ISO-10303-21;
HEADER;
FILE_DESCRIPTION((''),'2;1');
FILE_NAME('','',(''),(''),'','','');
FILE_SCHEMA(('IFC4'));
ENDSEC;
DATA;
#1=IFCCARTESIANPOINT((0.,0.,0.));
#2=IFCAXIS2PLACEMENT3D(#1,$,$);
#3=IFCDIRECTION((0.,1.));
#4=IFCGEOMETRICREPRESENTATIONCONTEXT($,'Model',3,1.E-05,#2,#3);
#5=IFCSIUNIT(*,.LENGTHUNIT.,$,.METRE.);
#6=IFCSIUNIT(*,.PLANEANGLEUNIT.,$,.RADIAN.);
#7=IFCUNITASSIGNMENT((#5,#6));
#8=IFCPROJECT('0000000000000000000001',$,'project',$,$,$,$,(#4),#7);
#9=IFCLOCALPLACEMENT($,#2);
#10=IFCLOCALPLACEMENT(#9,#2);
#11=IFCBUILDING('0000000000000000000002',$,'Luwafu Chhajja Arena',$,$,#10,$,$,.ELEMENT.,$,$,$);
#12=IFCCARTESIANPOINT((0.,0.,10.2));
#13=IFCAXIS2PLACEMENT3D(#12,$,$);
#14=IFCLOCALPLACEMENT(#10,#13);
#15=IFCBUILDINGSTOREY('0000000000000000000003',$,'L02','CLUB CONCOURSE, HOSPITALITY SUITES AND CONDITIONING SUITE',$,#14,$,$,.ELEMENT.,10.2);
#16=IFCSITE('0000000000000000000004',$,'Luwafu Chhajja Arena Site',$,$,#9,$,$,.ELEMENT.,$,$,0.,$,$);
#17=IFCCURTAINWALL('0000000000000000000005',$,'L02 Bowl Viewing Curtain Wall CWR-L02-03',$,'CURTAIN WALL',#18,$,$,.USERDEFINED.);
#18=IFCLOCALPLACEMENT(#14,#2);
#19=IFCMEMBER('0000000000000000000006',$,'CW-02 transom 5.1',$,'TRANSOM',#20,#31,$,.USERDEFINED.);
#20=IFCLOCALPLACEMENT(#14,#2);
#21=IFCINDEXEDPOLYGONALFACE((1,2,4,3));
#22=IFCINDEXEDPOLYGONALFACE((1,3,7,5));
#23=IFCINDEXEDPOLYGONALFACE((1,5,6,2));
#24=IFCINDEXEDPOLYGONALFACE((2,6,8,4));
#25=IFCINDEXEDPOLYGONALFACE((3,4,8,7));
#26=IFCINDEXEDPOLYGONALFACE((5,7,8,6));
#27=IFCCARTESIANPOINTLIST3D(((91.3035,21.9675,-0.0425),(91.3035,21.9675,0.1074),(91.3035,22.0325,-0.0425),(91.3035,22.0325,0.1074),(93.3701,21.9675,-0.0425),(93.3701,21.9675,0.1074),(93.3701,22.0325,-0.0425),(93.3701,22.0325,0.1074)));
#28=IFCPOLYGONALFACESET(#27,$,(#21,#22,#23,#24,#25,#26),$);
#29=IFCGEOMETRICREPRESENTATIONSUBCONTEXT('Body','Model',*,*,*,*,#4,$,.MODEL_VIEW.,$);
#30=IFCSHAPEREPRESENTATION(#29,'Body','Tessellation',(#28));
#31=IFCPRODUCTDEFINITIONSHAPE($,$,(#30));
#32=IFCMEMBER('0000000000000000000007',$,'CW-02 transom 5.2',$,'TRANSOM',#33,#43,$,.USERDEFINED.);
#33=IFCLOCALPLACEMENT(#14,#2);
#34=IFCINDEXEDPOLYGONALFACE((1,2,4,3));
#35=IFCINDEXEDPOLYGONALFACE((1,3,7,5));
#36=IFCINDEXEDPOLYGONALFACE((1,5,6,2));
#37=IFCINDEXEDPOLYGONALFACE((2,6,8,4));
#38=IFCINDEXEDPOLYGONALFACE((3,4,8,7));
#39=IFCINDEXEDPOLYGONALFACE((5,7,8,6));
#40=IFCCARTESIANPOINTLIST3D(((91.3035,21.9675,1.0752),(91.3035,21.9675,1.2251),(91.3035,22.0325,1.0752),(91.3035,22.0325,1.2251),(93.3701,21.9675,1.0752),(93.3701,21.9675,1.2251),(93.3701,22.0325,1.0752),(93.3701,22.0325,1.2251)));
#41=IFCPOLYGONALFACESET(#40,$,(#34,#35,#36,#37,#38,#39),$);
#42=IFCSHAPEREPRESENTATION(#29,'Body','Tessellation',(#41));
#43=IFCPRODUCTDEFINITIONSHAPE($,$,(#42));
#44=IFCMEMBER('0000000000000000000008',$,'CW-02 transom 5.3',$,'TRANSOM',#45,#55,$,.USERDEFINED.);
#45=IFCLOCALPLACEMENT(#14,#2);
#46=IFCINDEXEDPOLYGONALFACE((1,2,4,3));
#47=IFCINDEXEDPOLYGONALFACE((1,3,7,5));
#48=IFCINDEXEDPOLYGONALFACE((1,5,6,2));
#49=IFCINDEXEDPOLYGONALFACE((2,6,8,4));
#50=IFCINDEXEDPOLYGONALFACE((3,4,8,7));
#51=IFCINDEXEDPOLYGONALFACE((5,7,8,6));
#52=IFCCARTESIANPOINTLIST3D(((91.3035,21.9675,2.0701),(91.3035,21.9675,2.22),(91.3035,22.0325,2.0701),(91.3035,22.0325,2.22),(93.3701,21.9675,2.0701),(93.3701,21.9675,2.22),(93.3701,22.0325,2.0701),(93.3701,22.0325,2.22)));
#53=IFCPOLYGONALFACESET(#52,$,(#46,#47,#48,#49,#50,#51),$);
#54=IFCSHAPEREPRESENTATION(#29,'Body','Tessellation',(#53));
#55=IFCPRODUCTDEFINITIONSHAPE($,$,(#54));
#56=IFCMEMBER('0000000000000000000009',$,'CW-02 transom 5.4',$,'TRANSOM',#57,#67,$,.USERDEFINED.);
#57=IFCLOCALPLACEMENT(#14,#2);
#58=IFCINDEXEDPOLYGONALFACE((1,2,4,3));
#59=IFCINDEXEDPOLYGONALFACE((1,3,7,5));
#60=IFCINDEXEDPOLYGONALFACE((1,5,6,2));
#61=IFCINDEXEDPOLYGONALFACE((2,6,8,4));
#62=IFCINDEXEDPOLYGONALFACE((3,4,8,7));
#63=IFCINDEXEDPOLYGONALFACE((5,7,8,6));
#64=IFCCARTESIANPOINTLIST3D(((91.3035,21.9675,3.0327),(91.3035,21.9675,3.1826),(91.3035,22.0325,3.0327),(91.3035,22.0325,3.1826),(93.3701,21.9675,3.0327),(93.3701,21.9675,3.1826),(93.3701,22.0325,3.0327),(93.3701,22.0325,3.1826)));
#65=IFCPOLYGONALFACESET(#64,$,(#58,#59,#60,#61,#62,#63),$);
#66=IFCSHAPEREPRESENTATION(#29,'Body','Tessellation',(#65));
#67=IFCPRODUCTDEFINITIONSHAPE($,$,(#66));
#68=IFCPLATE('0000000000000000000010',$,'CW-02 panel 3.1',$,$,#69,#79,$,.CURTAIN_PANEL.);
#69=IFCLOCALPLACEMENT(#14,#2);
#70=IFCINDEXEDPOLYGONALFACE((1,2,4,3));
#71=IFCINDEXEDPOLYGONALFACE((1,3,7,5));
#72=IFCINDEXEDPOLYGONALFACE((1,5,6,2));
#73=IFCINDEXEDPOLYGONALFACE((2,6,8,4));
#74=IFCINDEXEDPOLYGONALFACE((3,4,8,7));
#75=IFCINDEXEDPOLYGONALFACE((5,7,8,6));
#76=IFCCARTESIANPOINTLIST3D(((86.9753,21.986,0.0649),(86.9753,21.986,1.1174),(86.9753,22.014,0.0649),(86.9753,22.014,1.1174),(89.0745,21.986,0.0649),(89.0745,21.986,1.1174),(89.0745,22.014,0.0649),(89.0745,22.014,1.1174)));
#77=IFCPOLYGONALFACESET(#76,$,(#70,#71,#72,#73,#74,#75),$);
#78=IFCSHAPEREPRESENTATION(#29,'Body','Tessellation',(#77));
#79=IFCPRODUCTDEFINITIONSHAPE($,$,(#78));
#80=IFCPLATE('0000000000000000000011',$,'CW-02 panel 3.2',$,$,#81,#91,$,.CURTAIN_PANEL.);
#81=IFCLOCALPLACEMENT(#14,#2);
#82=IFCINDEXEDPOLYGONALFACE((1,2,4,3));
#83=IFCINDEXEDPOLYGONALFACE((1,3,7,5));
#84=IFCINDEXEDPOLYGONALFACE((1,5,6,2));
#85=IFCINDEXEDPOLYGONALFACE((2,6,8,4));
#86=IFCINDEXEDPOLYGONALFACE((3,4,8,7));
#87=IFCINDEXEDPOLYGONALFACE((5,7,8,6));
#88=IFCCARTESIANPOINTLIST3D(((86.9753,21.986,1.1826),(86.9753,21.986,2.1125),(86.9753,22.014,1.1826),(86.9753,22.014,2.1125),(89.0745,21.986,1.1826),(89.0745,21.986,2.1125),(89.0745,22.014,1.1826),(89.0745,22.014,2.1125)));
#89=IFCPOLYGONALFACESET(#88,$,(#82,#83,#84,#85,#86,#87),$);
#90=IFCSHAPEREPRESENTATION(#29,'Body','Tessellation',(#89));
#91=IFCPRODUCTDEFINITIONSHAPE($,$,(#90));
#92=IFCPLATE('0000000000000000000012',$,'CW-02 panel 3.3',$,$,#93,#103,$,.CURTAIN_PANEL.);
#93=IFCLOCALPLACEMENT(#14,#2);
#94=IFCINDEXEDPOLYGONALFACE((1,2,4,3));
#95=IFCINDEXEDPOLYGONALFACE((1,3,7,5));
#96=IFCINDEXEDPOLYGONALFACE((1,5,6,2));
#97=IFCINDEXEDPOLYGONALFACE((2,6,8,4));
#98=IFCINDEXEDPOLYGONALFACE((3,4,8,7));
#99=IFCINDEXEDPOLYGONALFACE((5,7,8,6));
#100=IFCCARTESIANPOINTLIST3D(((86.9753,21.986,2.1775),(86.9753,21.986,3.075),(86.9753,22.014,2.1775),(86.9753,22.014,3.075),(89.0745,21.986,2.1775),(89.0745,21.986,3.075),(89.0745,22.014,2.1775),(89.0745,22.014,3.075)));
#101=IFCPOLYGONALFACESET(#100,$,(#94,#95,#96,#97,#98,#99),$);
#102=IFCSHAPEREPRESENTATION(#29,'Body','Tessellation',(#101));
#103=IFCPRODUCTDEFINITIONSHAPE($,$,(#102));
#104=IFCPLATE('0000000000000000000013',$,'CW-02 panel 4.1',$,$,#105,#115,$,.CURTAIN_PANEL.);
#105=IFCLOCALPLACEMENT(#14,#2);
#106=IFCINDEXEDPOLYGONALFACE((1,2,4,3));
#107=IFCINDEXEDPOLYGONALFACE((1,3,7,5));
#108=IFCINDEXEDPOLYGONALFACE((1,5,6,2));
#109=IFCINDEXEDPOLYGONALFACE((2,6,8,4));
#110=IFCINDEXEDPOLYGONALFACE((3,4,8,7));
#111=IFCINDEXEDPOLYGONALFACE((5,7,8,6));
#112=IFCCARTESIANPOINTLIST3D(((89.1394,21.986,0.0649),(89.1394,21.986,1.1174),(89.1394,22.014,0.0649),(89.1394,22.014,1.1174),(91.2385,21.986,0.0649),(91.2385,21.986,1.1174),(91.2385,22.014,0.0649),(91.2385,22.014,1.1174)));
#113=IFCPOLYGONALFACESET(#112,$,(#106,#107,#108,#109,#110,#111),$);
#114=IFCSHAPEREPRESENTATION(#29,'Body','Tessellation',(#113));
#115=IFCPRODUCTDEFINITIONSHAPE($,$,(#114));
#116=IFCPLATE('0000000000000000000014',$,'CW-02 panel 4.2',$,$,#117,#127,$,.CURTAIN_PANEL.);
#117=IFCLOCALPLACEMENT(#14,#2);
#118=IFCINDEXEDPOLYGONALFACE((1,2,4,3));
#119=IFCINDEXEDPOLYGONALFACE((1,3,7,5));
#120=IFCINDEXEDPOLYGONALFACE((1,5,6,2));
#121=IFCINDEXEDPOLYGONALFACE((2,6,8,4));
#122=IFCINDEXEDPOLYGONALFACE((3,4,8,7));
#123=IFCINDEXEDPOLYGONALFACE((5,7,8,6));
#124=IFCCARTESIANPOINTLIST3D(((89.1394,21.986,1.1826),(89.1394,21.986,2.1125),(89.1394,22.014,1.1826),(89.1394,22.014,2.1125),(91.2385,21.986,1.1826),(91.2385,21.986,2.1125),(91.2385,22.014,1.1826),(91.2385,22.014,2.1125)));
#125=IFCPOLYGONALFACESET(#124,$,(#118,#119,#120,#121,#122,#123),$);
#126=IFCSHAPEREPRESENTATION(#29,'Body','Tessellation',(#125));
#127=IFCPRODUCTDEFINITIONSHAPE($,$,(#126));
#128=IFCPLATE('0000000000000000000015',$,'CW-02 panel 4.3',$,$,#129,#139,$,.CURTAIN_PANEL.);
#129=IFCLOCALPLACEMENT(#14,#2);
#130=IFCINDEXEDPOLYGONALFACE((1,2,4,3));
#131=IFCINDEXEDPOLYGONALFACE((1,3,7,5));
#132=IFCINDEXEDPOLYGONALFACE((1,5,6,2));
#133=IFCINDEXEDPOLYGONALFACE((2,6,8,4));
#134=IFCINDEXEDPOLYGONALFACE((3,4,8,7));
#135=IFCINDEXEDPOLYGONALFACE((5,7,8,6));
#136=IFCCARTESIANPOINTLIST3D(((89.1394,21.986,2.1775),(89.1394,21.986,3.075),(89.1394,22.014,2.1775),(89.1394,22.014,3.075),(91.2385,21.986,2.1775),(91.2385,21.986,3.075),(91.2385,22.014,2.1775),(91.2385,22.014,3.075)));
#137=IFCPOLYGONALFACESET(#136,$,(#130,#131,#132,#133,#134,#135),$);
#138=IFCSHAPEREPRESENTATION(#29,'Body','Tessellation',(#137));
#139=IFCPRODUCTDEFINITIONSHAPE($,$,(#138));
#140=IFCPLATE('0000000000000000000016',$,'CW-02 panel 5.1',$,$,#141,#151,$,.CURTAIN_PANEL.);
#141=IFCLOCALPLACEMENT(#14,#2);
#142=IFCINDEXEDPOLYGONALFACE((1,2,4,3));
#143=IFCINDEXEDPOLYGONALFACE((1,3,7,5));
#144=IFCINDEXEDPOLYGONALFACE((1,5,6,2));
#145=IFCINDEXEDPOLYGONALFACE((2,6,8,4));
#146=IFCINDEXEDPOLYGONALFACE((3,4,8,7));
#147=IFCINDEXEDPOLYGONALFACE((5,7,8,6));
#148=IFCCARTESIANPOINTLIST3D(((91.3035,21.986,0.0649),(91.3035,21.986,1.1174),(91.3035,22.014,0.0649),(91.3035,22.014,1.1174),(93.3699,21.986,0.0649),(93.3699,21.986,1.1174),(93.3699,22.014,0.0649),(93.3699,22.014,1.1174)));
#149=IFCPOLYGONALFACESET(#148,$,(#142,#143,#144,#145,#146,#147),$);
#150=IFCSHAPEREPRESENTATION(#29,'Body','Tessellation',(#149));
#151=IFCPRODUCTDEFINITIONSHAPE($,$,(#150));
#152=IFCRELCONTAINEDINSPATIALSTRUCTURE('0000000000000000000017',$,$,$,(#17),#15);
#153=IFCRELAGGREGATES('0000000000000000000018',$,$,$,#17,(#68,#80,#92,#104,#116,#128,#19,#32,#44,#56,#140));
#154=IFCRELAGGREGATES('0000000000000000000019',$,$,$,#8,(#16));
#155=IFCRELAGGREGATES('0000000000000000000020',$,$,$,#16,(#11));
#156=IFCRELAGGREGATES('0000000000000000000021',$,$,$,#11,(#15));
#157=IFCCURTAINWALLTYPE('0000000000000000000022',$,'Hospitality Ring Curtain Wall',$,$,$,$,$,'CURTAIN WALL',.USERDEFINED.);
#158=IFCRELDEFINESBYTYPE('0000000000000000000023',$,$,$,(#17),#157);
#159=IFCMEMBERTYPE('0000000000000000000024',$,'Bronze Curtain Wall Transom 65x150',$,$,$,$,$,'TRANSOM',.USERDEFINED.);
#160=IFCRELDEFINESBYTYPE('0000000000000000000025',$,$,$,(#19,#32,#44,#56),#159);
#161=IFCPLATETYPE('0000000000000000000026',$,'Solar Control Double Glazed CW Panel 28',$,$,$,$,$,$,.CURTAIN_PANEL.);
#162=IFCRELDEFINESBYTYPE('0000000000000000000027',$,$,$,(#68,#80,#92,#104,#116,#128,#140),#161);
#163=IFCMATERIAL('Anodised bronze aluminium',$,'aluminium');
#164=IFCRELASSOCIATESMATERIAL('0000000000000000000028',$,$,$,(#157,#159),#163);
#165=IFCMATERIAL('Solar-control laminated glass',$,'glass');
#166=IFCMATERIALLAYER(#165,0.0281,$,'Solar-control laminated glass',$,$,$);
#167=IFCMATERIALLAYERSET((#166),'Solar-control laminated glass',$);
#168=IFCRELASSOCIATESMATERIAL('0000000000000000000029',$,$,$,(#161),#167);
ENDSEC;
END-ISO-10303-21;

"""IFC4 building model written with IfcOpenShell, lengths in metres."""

from ifc_helpers import new_model, si_unit, direction, frame, origin, origin_2d, place, context, subcontext, project, spatial, rectangle, extrude, material, layer, layer_set, material_profile, profile_set, type_object, element, aggregate, save


model = new_model("IFC4")

# Units and contexts
model_context = context("Model", 3, precision=1e-05, world=origin(), true_north=direction((0.0, 1.0)))
body_context = subcontext(model_context, "Body", "Model", "MODEL_VIEW")
ifc_project = project(units=[si_unit("LENGTHUNIT", "METRE"), si_unit("PLANEANGLEUNIT", "RADIAN")], contexts=[model_context])

# Site, building, storey
site_placement = place(None, origin())
site = spatial("IfcSite", under=ifc_project, at=site_placement, Name="Luwafu Chhajja Arena Site", CompositionType="ELEMENT", RefElevation=0.0)
building_placement = place(site_placement, origin())
building = spatial("IfcBuilding", under=site, at=building_placement, Name="Luwafu Chhajja Arena", CompositionType="ELEMENT")
storey_placement = place(building_placement, frame((0.0, 0.0, 10.2)))
storey = spatial("IfcBuildingStorey", under=building, at=storey_placement, Name="L02", Description="CLUB CONCOURSE, HOSPITALITY SUITES AND CONDITIONING SUITE", CompositionType="ELEMENT", Elevation=10.2)

# Curtain wall, members, plates
ifc_material_1 = material(Name="Anodised bronze aluminium", Category="aluminium")
curtain_wall_type = type_object("IfcCurtainWallType", Name="Hospitality Ring Curtain Wall", ElementType="CURTAIN WALL", PredefinedType="USERDEFINED", material=ifc_material_1)
curtain_wall_placement = place(storey_placement, origin())
curtain_wall = element("IfcCurtainWall", 1, at=curtain_wall_placement, inside=storey, type_object=curtain_wall_type, Name="L02 Bowl Viewing Curtain Wall CWR-L02-03", ObjectType="CURTAIN WALL", PredefinedType="USERDEFINED")
ifc_material_profile_1 = material_profile(ifc_material_1, rectangle(XDim=0.0649, YDim=0.1499, at=origin_2d()), Name="CWT 65x150")
ifc_profile_set_1 = profile_set([ifc_material_profile_1], Name="Anodised bronze aluminium")
member_type_1 = type_object("IfcMemberType", Name="Bronze Curtain Wall Transom 65x150", ElementType="TRANSOM", PredefinedType="USERDEFINED", material=ifc_profile_set_1)
member_1_placement = place(storey_placement, frame((91.3035, 22.0, 0.0325), z_axis=(1.0, 0.0, 0.0), x_axis=(0.0, 1.0, 0.0)))
member_1 = element("IfcMember", 2, at=member_1_placement, type_object=member_type_1, Name="CW-02 transom 5.1", ObjectType="TRANSOM", PredefinedType="USERDEFINED", context=body_context, shape_type="SweptSolid", body=[
    extrude(rectangle(XDim=0.0649, YDim=0.1499, at=origin_2d()), origin(), (0.0, 0.0, 1.0), 2.0667),
])
member_2_placement = place(storey_placement, frame((91.3035, 22.0, 1.1501), z_axis=(1.0, 0.0, 0.0), x_axis=(0.0, 1.0, 0.0)))
member_2 = element("IfcMember", 3, at=member_2_placement, type_object=member_type_1, Name="CW-02 transom 5.2", ObjectType="TRANSOM", PredefinedType="USERDEFINED", context=body_context, shape_type="SweptSolid", body=[
    extrude(rectangle(XDim=0.0649, YDim=0.1499, at=origin_2d()), origin(), (0.0, 0.0, 1.0), 2.0667),
])
member_3_placement = place(storey_placement, frame((91.3035, 22.0, 2.145), z_axis=(1.0, 0.0, 0.0), x_axis=(0.0, 1.0, 0.0)))
member_3 = element("IfcMember", 4, at=member_3_placement, type_object=member_type_1, Name="CW-02 transom 5.3", ObjectType="TRANSOM", PredefinedType="USERDEFINED", context=body_context, shape_type="SweptSolid", body=[
    extrude(rectangle(XDim=0.0649, YDim=0.1499, at=origin_2d()), origin(), (0.0, 0.0, 1.0), 2.0667),
])
member_4_placement = place(storey_placement, frame((91.3035, 22.0, 3.1077), z_axis=(1.0, 0.0, 0.0), x_axis=(0.0, 1.0, 0.0)))
member_4 = element("IfcMember", 5, at=member_4_placement, type_object=member_type_1, Name="CW-02 transom 5.4", ObjectType="TRANSOM", PredefinedType="USERDEFINED", context=body_context, shape_type="SweptSolid", body=[
    extrude(rectangle(XDim=0.0649, YDim=0.1499, at=origin_2d()), origin(), (0.0, 0.0, 1.0), 2.0667),
])
ifc_material_2 = material(Name="Solar-control laminated glass", Category="glass")
ifc_layer = layer(ifc_material_2, 0.0281, Name="Solar-control laminated glass")
ifc_layer_set = layer_set([ifc_layer], Name="Solar-control laminated glass")
plate_type = type_object("IfcPlateType", Name="Solar Control Double Glazed CW Panel 28", PredefinedType="CURTAIN_PANEL", material=ifc_layer_set)
plate_1_placement = place(storey_placement, frame((88.0249, 22.0, 0.0649), z_axis=(0.0, 0.0, 1.0), x_axis=(1.0, 0.0, 0.0)))
plate_1 = element("IfcPlate", 6, at=plate_1_placement, type_object=plate_type, Name="CW-02 panel 3.1", PredefinedType="CURTAIN_PANEL", context=body_context, shape_type="SweptSolid", body=[
    extrude(rectangle(XDim=2.0991, YDim=0.0281, at=origin_2d()), origin(), (0.0, 0.0, 1.0), 1.0525),
])
plate_2_placement = place(storey_placement, frame((88.0249, 22.0, 1.1826), z_axis=(0.0, 0.0, 1.0), x_axis=(1.0, 0.0, 0.0)))
plate_2 = element("IfcPlate", 7, at=plate_2_placement, type_object=plate_type, Name="CW-02 panel 3.2", PredefinedType="CURTAIN_PANEL", context=body_context, shape_type="SweptSolid", body=[
    extrude(rectangle(XDim=2.0991, YDim=0.0281, at=origin_2d()), origin(), (0.0, 0.0, 1.0), 0.9299),
])
plate_3_placement = place(storey_placement, frame((88.0249, 22.0, 2.1775), z_axis=(0.0, 0.0, 1.0), x_axis=(1.0, 0.0, 0.0)))
plate_3 = element("IfcPlate", 8, at=plate_3_placement, type_object=plate_type, Name="CW-02 panel 3.3", PredefinedType="CURTAIN_PANEL", context=body_context, shape_type="SweptSolid", body=[
    extrude(rectangle(XDim=2.0991, YDim=0.0281, at=origin_2d()), origin(), (0.0, 0.0, 1.0), 0.8975),
])
plate_4_placement = place(storey_placement, frame((90.189, 22.0, 0.0649), z_axis=(0.0, 0.0, 1.0), x_axis=(1.0, 0.0, 0.0)))
plate_4 = element("IfcPlate", 9, at=plate_4_placement, type_object=plate_type, Name="CW-02 panel 4.1", PredefinedType="CURTAIN_PANEL", context=body_context, shape_type="SweptSolid", body=[
    extrude(rectangle(XDim=2.0991, YDim=0.0281, at=origin_2d()), origin(), (0.0, 0.0, 1.0), 1.0525),
])
plate_5_placement = place(storey_placement, frame((90.189, 22.0, 1.1826), z_axis=(0.0, 0.0, 1.0), x_axis=(1.0, 0.0, 0.0)))
plate_5 = element("IfcPlate", 10, at=plate_5_placement, type_object=plate_type, Name="CW-02 panel 4.2", PredefinedType="CURTAIN_PANEL", context=body_context, shape_type="SweptSolid", body=[
    extrude(rectangle(XDim=2.0991, YDim=0.0281, at=origin_2d()), origin(), (0.0, 0.0, 1.0), 0.9299),
])
plate_6_placement = place(storey_placement, frame((90.189, 22.0, 2.1775), z_axis=(0.0, 0.0, 1.0), x_axis=(1.0, 0.0, 0.0)))
plate_6 = element("IfcPlate", 11, at=plate_6_placement, type_object=plate_type, Name="CW-02 panel 4.3", PredefinedType="CURTAIN_PANEL", context=body_context, shape_type="SweptSolid", body=[
    extrude(rectangle(XDim=2.0991, YDim=0.0281, at=origin_2d()), origin(), (0.0, 0.0, 1.0), 0.8975),
])
plate_7_placement = place(storey_placement, frame((92.3367, 22.0, 0.0649), z_axis=(0.0, 0.0, 1.0), x_axis=(1.0, 0.0, 0.0)))
plate_7 = element("IfcPlate", 12, at=plate_7_placement, type_object=plate_type, Name="CW-02 panel 5.1", PredefinedType="CURTAIN_PANEL", context=body_context, shape_type="SweptSolid", body=[
    extrude(rectangle(XDim=2.0664, YDim=0.0281, at=origin_2d()), origin(), (0.0, 0.0, 1.0), 1.0525),
])
aggregate(curtain_wall, [plate_1, plate_2, plate_3, plate_4, plate_5, plate_6, member_1, member_2, member_3, member_4, plate_7])

save(model, "model.ifc")
